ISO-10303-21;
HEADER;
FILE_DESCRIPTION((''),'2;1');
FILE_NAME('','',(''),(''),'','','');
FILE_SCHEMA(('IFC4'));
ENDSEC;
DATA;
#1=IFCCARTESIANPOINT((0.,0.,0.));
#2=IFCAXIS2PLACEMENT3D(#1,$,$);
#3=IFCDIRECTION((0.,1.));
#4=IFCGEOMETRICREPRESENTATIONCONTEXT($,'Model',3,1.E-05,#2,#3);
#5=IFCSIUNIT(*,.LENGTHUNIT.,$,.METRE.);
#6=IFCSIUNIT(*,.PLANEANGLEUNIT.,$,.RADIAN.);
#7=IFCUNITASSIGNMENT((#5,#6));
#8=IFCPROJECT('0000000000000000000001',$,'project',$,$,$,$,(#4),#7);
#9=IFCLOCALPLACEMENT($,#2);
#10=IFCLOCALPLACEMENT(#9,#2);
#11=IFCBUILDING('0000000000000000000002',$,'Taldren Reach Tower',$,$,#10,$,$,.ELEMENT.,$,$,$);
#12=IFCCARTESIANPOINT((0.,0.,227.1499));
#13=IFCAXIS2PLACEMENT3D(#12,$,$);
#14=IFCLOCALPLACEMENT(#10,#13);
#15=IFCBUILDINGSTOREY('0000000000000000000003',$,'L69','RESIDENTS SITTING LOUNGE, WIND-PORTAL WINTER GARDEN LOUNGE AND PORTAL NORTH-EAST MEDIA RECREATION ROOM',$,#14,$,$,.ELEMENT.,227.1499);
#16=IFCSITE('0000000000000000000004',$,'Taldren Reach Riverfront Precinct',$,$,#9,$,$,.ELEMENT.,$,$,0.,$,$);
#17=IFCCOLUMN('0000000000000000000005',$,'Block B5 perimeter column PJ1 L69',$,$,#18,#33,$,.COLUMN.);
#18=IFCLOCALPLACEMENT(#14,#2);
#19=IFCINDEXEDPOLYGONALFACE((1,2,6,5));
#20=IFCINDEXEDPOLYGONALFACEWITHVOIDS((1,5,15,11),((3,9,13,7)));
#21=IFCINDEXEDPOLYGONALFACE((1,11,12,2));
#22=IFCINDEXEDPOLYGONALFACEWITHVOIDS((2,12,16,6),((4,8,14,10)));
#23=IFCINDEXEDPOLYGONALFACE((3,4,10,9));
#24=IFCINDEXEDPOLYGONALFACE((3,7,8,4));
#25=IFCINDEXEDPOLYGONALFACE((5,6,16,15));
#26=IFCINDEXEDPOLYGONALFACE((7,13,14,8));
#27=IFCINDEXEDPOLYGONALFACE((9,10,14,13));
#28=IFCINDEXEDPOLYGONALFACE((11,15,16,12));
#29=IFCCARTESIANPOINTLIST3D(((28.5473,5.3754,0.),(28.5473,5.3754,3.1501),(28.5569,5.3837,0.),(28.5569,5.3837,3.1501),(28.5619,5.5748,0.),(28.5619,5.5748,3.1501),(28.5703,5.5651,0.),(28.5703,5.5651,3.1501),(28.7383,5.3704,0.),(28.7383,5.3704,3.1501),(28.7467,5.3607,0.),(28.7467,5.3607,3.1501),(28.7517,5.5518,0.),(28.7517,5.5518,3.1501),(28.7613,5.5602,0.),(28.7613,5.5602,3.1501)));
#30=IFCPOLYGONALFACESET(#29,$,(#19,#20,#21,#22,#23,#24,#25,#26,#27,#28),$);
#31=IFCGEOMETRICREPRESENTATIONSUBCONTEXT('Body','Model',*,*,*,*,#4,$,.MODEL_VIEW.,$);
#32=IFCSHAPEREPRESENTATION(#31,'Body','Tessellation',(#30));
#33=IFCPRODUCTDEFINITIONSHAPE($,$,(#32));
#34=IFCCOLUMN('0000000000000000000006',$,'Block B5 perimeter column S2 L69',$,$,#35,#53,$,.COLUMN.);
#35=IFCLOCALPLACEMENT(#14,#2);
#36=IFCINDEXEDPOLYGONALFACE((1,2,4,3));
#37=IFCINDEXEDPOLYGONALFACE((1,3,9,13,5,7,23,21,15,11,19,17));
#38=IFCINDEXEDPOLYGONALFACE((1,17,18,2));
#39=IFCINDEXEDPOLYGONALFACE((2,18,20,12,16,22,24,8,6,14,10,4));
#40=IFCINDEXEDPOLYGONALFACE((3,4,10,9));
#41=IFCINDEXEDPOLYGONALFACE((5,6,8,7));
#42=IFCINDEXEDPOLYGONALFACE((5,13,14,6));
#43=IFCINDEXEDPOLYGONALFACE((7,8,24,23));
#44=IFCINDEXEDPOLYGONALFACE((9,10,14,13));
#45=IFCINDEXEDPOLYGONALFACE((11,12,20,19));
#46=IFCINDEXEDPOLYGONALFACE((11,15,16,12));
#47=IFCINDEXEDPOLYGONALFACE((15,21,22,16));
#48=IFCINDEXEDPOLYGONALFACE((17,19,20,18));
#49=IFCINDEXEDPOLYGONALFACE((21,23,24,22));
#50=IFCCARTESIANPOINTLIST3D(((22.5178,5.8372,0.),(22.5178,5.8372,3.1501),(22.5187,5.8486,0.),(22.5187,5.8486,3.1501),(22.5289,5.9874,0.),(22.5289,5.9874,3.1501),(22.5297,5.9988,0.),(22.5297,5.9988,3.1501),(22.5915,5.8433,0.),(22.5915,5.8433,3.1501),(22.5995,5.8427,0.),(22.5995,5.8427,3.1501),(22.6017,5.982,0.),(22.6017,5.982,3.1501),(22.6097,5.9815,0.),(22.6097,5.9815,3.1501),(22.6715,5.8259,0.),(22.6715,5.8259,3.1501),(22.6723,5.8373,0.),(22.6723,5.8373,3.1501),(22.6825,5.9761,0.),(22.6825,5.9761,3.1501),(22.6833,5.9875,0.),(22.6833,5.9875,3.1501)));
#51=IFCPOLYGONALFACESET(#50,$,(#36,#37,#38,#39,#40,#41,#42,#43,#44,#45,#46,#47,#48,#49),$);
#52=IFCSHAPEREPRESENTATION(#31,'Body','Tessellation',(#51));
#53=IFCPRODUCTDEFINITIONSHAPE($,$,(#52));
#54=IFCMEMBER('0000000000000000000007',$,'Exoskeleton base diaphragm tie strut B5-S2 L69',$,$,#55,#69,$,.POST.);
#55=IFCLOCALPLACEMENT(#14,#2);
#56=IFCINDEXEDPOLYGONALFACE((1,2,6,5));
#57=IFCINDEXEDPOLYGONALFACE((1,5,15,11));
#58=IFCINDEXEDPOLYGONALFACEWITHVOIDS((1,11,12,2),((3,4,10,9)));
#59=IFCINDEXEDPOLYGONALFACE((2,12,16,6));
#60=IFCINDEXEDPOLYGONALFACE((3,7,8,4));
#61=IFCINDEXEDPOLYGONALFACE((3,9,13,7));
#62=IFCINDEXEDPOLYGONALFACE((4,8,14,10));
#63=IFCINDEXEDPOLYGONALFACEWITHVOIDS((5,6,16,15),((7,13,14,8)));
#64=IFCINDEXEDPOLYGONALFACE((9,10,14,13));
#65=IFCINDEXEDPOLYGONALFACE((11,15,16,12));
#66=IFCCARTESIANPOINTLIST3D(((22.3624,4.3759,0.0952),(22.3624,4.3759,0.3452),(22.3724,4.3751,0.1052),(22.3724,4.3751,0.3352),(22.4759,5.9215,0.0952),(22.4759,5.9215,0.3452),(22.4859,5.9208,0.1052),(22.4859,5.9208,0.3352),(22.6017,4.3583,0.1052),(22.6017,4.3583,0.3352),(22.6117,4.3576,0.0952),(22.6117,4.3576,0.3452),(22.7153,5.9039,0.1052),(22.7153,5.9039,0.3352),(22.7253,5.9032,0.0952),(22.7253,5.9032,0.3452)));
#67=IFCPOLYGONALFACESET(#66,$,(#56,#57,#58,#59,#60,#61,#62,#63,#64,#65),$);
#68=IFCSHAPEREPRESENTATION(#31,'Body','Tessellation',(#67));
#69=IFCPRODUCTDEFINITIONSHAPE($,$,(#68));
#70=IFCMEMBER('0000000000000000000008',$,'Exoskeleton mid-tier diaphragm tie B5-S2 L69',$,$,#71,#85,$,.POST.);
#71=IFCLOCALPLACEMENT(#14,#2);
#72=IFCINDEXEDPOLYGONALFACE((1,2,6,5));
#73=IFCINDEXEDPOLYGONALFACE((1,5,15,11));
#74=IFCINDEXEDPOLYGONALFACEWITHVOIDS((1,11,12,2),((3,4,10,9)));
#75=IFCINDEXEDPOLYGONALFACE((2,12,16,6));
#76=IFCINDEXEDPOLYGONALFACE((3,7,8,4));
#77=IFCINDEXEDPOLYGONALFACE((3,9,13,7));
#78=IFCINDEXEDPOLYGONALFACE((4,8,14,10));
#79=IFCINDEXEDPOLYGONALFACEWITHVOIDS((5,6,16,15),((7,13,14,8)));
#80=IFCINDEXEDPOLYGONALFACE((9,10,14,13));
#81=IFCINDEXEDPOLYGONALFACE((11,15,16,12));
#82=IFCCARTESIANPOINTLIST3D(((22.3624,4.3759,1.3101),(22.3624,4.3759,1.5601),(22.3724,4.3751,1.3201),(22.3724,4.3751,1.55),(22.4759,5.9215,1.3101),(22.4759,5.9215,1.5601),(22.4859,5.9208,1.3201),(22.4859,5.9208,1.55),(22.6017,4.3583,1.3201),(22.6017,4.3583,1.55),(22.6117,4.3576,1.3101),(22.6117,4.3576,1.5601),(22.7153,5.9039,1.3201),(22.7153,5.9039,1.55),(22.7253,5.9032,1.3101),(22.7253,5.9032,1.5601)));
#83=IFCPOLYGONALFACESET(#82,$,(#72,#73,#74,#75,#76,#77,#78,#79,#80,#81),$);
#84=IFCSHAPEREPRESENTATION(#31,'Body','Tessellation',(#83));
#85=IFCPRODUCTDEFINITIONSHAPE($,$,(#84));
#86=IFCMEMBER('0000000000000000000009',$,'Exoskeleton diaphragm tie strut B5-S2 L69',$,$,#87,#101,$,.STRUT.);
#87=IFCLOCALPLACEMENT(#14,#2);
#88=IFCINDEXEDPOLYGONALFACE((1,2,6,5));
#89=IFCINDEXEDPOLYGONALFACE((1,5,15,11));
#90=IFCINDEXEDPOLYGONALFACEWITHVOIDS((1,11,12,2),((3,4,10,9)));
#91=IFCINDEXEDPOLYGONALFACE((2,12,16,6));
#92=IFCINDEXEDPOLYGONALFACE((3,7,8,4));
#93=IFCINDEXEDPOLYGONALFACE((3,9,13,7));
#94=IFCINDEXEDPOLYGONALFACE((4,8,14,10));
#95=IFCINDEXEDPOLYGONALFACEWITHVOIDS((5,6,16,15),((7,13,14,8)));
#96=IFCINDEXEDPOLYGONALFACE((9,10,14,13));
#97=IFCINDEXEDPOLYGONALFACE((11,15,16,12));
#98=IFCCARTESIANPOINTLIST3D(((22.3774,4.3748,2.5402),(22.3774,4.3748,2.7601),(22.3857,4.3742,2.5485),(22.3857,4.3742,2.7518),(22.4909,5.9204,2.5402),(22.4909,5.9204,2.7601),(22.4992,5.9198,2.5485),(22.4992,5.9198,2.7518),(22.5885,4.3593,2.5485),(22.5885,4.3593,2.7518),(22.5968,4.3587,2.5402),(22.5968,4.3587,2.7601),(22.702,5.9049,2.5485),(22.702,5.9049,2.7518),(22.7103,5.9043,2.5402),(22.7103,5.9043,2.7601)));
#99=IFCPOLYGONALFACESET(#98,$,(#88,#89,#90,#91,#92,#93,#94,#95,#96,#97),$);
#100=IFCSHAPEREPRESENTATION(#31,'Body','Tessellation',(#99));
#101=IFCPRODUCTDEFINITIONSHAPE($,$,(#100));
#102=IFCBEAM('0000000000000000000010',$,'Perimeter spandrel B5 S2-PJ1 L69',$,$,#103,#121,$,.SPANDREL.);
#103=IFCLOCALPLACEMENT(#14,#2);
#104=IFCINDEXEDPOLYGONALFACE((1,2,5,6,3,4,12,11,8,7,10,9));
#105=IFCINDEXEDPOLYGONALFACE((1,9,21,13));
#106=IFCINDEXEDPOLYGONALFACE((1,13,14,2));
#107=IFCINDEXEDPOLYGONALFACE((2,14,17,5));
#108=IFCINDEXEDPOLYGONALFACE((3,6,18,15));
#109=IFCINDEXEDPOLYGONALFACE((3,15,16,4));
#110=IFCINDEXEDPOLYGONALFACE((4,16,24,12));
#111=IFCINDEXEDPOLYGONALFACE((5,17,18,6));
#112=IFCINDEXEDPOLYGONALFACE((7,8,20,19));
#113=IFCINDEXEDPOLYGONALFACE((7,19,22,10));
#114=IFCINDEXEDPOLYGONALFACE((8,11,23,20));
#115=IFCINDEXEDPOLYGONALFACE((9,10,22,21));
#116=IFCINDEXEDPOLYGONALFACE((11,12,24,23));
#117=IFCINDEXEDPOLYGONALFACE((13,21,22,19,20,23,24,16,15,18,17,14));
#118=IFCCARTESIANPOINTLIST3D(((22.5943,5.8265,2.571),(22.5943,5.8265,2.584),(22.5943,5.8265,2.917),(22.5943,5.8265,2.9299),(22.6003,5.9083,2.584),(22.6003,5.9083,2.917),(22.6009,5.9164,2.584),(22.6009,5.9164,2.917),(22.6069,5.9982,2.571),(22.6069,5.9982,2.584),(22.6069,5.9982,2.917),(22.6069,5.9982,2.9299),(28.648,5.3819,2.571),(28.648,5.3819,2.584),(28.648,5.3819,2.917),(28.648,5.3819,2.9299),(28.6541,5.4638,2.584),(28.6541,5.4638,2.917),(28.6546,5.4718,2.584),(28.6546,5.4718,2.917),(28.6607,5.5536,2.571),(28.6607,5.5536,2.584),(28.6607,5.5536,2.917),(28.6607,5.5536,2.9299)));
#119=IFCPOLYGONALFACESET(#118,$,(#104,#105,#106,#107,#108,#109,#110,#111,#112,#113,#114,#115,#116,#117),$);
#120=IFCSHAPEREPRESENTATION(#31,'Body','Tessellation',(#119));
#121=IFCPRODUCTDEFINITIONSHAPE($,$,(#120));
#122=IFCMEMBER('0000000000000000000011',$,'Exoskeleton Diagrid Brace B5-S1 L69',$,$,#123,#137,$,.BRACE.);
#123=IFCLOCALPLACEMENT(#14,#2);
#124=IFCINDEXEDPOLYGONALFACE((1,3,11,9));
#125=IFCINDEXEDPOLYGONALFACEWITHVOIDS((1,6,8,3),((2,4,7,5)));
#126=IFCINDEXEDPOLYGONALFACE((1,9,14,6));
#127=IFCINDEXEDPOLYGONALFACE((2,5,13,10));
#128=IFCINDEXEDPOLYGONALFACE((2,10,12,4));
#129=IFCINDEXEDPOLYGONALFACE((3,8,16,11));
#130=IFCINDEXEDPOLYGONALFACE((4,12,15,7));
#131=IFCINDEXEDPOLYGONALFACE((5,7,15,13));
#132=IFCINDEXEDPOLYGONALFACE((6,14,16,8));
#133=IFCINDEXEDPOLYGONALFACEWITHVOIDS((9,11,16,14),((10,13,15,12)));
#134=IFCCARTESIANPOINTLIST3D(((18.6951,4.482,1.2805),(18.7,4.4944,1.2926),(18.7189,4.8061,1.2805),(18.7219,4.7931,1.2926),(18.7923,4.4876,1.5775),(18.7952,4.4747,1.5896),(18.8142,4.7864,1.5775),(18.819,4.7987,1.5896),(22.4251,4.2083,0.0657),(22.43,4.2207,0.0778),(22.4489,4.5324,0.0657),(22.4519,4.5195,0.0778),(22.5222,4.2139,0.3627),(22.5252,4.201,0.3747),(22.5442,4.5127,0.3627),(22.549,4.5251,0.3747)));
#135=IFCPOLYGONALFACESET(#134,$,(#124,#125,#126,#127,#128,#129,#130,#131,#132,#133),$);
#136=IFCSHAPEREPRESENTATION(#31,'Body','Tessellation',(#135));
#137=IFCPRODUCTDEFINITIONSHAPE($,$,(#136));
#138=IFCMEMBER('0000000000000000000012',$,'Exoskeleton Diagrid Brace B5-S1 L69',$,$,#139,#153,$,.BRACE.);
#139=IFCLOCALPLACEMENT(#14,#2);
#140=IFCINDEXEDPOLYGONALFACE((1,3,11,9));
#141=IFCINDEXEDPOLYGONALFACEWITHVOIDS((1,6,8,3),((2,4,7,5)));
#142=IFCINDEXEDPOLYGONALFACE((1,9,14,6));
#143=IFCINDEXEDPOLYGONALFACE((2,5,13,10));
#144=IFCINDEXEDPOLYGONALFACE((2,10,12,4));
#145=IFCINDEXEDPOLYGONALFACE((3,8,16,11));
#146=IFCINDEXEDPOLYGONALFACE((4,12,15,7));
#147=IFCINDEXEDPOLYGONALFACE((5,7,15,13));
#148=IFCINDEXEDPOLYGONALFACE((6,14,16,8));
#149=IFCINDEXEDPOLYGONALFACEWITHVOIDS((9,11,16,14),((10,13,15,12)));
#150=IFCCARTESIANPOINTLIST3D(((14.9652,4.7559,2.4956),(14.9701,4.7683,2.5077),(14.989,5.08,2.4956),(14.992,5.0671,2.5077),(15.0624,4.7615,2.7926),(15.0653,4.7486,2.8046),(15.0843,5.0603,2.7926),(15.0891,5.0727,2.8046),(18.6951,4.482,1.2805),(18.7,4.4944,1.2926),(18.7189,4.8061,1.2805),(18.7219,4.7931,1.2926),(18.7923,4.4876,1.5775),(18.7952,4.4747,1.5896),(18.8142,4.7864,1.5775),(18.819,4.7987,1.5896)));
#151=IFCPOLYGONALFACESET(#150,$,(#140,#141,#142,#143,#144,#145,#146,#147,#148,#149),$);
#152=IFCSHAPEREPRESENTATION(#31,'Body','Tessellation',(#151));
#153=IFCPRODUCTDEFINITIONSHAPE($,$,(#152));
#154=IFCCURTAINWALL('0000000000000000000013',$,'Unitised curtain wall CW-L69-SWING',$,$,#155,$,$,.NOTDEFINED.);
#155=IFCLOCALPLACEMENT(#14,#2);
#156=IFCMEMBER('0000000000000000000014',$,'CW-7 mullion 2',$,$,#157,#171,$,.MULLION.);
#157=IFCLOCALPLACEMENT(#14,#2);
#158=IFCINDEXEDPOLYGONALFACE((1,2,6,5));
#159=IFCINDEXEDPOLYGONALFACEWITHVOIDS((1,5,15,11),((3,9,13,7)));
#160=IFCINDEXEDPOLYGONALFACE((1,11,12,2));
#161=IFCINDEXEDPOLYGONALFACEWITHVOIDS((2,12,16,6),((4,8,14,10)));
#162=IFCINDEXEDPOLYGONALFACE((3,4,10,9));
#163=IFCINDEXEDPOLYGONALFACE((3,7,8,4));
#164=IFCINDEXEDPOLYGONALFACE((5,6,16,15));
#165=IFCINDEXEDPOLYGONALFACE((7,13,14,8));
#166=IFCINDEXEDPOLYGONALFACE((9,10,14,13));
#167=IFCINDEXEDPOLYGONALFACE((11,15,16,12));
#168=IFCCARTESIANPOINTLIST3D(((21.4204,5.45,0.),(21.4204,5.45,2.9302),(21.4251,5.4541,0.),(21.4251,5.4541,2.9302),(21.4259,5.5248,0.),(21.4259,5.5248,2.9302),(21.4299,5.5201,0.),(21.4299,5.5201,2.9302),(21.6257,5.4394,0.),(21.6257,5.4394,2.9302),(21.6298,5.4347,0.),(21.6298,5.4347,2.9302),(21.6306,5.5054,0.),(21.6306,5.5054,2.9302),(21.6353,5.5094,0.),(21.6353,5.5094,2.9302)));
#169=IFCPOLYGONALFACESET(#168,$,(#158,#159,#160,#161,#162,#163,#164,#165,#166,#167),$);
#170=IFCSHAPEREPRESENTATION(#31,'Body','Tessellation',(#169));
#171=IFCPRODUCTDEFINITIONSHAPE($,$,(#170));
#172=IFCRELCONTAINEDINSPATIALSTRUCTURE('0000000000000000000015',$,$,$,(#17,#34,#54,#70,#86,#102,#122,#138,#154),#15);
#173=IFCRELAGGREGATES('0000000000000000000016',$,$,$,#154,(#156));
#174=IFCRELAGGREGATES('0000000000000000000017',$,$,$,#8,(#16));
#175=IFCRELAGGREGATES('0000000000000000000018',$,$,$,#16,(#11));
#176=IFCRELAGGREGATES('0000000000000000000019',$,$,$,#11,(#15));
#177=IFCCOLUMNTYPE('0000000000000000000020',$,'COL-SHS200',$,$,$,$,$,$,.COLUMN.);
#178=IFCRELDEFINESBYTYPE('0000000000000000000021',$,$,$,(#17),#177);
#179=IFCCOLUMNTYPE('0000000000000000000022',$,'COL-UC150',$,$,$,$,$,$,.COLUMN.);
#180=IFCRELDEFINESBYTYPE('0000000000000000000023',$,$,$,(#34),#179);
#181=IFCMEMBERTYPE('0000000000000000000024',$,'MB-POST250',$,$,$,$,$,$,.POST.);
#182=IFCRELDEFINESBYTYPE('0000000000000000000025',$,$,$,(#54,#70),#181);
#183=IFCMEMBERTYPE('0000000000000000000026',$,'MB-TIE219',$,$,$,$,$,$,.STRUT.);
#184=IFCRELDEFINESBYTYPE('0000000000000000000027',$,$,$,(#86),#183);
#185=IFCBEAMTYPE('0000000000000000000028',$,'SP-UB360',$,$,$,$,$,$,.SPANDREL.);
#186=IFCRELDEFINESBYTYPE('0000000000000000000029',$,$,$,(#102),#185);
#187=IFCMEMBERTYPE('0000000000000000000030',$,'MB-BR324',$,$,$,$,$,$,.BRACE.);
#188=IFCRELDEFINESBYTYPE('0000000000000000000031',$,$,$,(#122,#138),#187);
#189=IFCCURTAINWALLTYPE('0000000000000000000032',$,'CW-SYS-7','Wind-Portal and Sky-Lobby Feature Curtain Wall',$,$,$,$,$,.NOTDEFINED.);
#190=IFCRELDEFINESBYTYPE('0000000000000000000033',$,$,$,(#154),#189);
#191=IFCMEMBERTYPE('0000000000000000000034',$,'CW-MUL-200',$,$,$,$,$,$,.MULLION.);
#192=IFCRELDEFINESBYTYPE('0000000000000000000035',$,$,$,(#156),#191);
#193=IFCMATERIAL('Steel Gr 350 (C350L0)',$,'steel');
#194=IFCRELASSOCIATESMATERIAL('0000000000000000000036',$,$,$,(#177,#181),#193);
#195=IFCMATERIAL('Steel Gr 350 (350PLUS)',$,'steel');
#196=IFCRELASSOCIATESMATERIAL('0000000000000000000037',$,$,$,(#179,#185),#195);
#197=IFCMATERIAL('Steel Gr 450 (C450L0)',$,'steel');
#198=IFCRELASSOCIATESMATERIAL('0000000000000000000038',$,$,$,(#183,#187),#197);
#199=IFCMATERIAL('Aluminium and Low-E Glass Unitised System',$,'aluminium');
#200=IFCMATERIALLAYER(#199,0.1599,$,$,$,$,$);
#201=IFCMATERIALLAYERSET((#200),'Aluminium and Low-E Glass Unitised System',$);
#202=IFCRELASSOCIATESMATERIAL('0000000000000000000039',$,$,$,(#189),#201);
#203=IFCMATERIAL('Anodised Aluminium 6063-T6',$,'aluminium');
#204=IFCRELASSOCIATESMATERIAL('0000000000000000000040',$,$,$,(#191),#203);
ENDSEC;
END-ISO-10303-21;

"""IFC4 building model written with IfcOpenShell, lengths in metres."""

from ifc_helpers import new_model, si_unit, direction, frame, origin, origin_2d, place, context, subcontext, project, spatial, hollow_rectangle, i_section, extrude, source, transform, mapped, material, layer, layer_set, material_profile, profile_set, type_object, element, aggregate, save


model = new_model("IFC4")

# Units and contexts
model_context = context("Model", 3, precision=1e-05, world=origin(), true_north=direction((0.0, 1.0)))
body_context = subcontext(model_context, "Body", "Model", "MODEL_VIEW")
ifc_project = project(units=[si_unit("LENGTHUNIT", "METRE"), si_unit("PLANEANGLEUNIT", "RADIAN")], contexts=[model_context])

# Site, building, storey
site_placement = place(None, origin())
site = spatial("IfcSite", under=ifc_project, at=site_placement, Name="Taldren Reach Riverfront Precinct", CompositionType="ELEMENT", RefElevation=0.0)
building_placement = place(site_placement, origin())
building = spatial("IfcBuilding", under=site, at=building_placement, Name="Taldren Reach Tower", CompositionType="ELEMENT")
storey_placement = place(building_placement, frame((0.0, 0.0, 227.1499)))
storey = spatial("IfcBuildingStorey", under=building, at=storey_placement, Name="L69", Description="RESIDENTS SITTING LOUNGE, WIND-PORTAL WINTER GARDEN LOUNGE AND PORTAL NORTH-EAST MEDIA RECREATION ROOM", CompositionType="ELEMENT", Elevation=227.1499)

# Columns
ifc_material_1 = material(Name="Steel Gr 350 (C350L0)", Category="steel")
ifc_material_profile_1 = material_profile(ifc_material_1, hollow_rectangle(XDim=0.2, YDim=0.2, WallThickness=0.009, at=origin_2d()), Name="200x200x9.0SHS")
ifc_profile_set_1 = profile_set([ifc_material_profile_1], Name="Steel Gr 350 (C350L0)")
column_type_1 = type_object("IfcColumnType", Name="COL-SHS200", PredefinedType="COLUMN", material=ifc_profile_set_1)
shared_shape_1 = source(origin(), body_context, "Body", "SweptSolid", [
    extrude(hollow_rectangle(XDim=0.2, YDim=0.2, WallThickness=0.009, at=origin_2d()), origin(), (0.0, 0.0, 1.0), 3.1501),
])
column_1_placement = place(storey_placement, frame((28.6543, 5.4678, 0.0), z_axis=(0.0, 0.0, 1.0), x_axis=(0.997314, -0.073238, 0.0)))
element("IfcColumn", 1, at=column_1_placement, inside=storey, type_object=column_type_1, Name="Block B5 perimeter column PJ1 L69", PredefinedType="COLUMN", context=body_context, shape_type="MappedRepresentation", body=[
    mapped(shared_shape_1, transform((0.0, 0.0, 0.0), scale=1.0)),
])
ifc_material_2 = material(Name="Steel Gr 350 (350PLUS)", Category="steel")
ifc_material_profile_2 = material_profile(ifc_material_2, i_section(OverallWidth=0.1541, OverallDepth=0.1621, WebThickness=0.0081, FlangeThickness=0.0115, at=origin_2d()), Name="150UC37.2")
ifc_profile_set_2 = profile_set([ifc_material_profile_2], Name="Steel Gr 350 (350PLUS)")
column_type_2 = type_object("IfcColumnType", Name="COL-UC150", PredefinedType="COLUMN", material=ifc_profile_set_2)
shared_shape_2 = source(origin(), body_context, "Body", "SweptSolid", [
    extrude(i_section(OverallWidth=0.1541, OverallDepth=0.1621, WebThickness=0.0081, FlangeThickness=0.0115, at=origin_2d()), origin(), (0.0, 0.0, 1.0), 3.1501),
])
column_2_placement = place(storey_placement, frame((22.6006, 5.9124, 0.0), z_axis=(0.0, 0.0, 1.0), x_axis=(0.997314, -0.073238, 0.0)))
element("IfcColumn", 2, at=column_2_placement, inside=storey, type_object=column_type_2, Name="Block B5 perimeter column S2 L69", PredefinedType="COLUMN", context=body_context, shape_type="MappedRepresentation", body=[
    mapped(shared_shape_2, transform((0.0, 0.0, 0.0), scale=1.0)),
])

# Members
ifc_material_profile_3 = material_profile(ifc_material_1, hollow_rectangle(XDim=0.25, YDim=0.25, WallThickness=0.01, at=origin_2d()), Name="250x250x10.0SHS")
ifc_profile_set_3 = profile_set([ifc_material_profile_3], Name="Steel Gr 350 (C350L0)")
member_type_1 = type_object("IfcMemberType", Name="MB-POST250", PredefinedType="POST", material=ifc_profile_set_3)
shared_shape_3 = source(origin(), body_context, "Body", "SweptSolid", [
    extrude(hollow_rectangle(XDim=0.25, YDim=0.25, WallThickness=0.01, at=origin_2d()), origin(), (0.0, 0.0, 1.0), 1.5498),
])
for number, where, z_axis, x_axis, name in (
    (3, (22.6006, 5.9124, 0.2202), (-0.073251, -0.997314, 0.0), (0.997314, -0.073251, 0.0), "Exoskeleton base diaphragm tie strut B5-S2 L69"),
    (4, (22.6006, 5.9124, 1.4351), (-0.073251, -0.997314, 0.0), (0.997314, -0.073251, 0.0), "Exoskeleton mid-tier diaphragm tie B5-S2 L69"),
):
    element("IfcMember", number, at=place(storey_placement, frame(where, z_axis=z_axis, x_axis=x_axis)), inside=storey, type_object=member_type_1, Name=name, PredefinedType="POST", context=body_context, shape_type="MappedRepresentation", body=[
        mapped(shared_shape_3, transform((0.0, 0.0, 0.0), scale=1.0)),
    ])
ifc_material_3 = material(Name="Steel Gr 450 (C450L0)", Category="steel")
ifc_material_profile_4 = material_profile(ifc_material_3, hollow_rectangle(XDim=0.22, YDim=0.22, WallThickness=0.0083, at=origin_2d()), Name="220x220x8.2SHS")
ifc_profile_set_4 = profile_set([ifc_material_profile_4], Name="Steel Gr 450 (C450L0)")
member_type_2 = type_object("IfcMemberType", Name="MB-TIE219", PredefinedType="STRUT", material=ifc_profile_set_4)
shared_shape_4 = source(origin(), body_context, "Body", "SweptSolid", [
    extrude(hollow_rectangle(XDim=0.22, YDim=0.22, WallThickness=0.0083, at=origin_2d()), origin(), (0.0, 0.0, 1.0), 1.5498),
])
member_1_placement = place(storey_placement, frame((22.6006, 5.9124, 2.6501), z_axis=(-0.073251, -0.997314, 0.0), x_axis=(0.997314, -0.073251, 0.0)))
element("IfcMember", 5, at=member_1_placement, inside=storey, type_object=member_type_2, Name="Exoskeleton diaphragm tie strut B5-S2 L69", PredefinedType="STRUT", context=body_context, shape_type="MappedRepresentation", body=[
    mapped(shared_shape_4, transform((0.0, 0.0, 0.0), scale=1.0)),
])

# Beam
ifc_material_profile_5 = material_profile(ifc_material_2, i_section(OverallWidth=0.1721, OverallDepth=0.3589, WebThickness=0.0081, FlangeThickness=0.0129, at=origin_2d()), Name="360UB56.7")
ifc_profile_set_5 = profile_set([ifc_material_profile_5], Name="Steel Gr 350 (350PLUS)")
beam_type = type_object("IfcBeamType", Name="SP-UB360", PredefinedType="SPANDREL", material=ifc_profile_set_5)
shared_shape_5 = source(origin(), body_context, "Body", "SweptSolid", [
    extrude(i_section(OverallWidth=0.1721, OverallDepth=0.3589, WebThickness=0.0081, FlangeThickness=0.0129, at=origin_2d()), origin(), (0.0, 0.0, 1.0), 6.0701),
])
beam_placement = place(storey_placement, frame((22.6006, 5.9124, 2.7505), z_axis=(0.997314, -0.073242, 0.0), x_axis=(0.073242, 0.997314, 0.0)))
element("IfcBeam", 6, at=beam_placement, inside=storey, type_object=beam_type, Name="Perimeter spandrel B5 S2-PJ1 L69", PredefinedType="SPANDREL", context=body_context, shape_type="MappedRepresentation", body=[
    mapped(shared_shape_5, transform((0.0, 0.0, 0.0), scale=1.0)),
])

# Members
ifc_material_profile_6 = material_profile(ifc_material_3, hollow_rectangle(XDim=0.325, YDim=0.325, WallThickness=0.0127, at=origin_2d()), Name="325x325x12.7SHS")
ifc_profile_set_6 = profile_set([ifc_material_profile_6], Name="Steel Gr 450 (C450L0)")
member_type_3 = type_object("IfcMemberType", Name="MB-BR324", PredefinedType="BRACE", material=ifc_profile_set_6)
shared_shape_6 = source(origin(), body_context, "Body", "SweptSolid", [
    extrude(hollow_rectangle(XDim=0.325, YDim=0.325, WallThickness=0.0127, at=origin_2d()), origin(), (0.0, 0.0, 1.0), 3.9324),
])
for number, where, z_axis, x_axis, name in (
    (7, (22.4871, 4.3667, 0.2202), (-0.948533, 0.069597, 0.308935), (-0.073177, -0.997319, 0.0), "Exoskeleton Diagrid Brace B5-S1 L69"),
    (8, (18.7571, 4.6404, 1.4351), (-0.948511, 0.069658, 0.308989), (-0.073242, -0.997314, 0.0), "Exoskeleton Diagrid Brace B5-S1 L69"),
):
    element("IfcMember", number, at=place(storey_placement, frame(where, z_axis=z_axis, x_axis=x_axis)), inside=storey, type_object=member_type_3, Name=name, PredefinedType="BRACE", context=body_context, shape_type="MappedRepresentation", body=[
        mapped(shared_shape_6, transform((0.0, 0.0, 0.0), scale=1.0)),
    ])

# Curtain wall, member
ifc_material_4 = material(Name="Aluminium and Low-E Glass Unitised System", Category="aluminium")
ifc_layer_1 = layer(ifc_material_4, 0.1599)
ifc_layer_set_1 = layer_set([ifc_layer_1], Name="Aluminium and Low-E Glass Unitised System")
curtain_wall_type = type_object("IfcCurtainWallType", Name="CW-SYS-7", Description="Wind-Portal and Sky-Lobby Feature Curtain Wall", PredefinedType="NOTDEFINED", material=ifc_layer_set_1)
curtain_wall_1_placement = place(storey_placement, origin())
curtain_wall_1 = element("IfcCurtainWall", 9, at=curtain_wall_1_placement, inside=storey, type_object=curtain_wall_type, Name="Unitised curtain wall CW-L69-SWING", PredefinedType="NOTDEFINED")
ifc_material_5 = material(Name="Anodised Aluminium 6063-T6", Category="aluminium")
ifc_material_profile_7 = material_profile(ifc_material_5, hollow_rectangle(XDim=0.075, YDim=0.21, WallThickness=0.0044, at=origin_2d()), Name="ALU-210x75x4.5RHS")
ifc_profile_set_7 = profile_set([ifc_material_profile_7], Name="Anodised Aluminium 6063-T6")
member_type_4 = type_object("IfcMemberType", Name="CW-MUL-200", PredefinedType="MULLION", material=ifc_profile_set_7)
shared_shape_7 = source(origin(), body_context, "Body", "SweptSolid", [
    extrude(hollow_rectangle(XDim=0.075, YDim=0.21, WallThickness=0.0044, at=origin_2d()), origin(), (0.0, 0.0, 1.0), 2.9302),
])
member_2_placement = place(storey_placement, frame((21.5278, 5.4797, 0.0), z_axis=(0.0, 0.0, 1.0), x_axis=(0.073238, 0.997314, 0.0)))
member_2 = element("IfcMember", 10, at=member_2_placement, type_object=member_type_4, Name="CW-7 mullion 2", PredefinedType="MULLION", context=body_context, shape_type="MappedRepresentation", body=[
    mapped(shared_shape_7, transform((0.0, 0.0, 0.0), scale=1.0)),
])

aggregate(curtain_wall_1, [member_2])

save(model, "model.ifc")
